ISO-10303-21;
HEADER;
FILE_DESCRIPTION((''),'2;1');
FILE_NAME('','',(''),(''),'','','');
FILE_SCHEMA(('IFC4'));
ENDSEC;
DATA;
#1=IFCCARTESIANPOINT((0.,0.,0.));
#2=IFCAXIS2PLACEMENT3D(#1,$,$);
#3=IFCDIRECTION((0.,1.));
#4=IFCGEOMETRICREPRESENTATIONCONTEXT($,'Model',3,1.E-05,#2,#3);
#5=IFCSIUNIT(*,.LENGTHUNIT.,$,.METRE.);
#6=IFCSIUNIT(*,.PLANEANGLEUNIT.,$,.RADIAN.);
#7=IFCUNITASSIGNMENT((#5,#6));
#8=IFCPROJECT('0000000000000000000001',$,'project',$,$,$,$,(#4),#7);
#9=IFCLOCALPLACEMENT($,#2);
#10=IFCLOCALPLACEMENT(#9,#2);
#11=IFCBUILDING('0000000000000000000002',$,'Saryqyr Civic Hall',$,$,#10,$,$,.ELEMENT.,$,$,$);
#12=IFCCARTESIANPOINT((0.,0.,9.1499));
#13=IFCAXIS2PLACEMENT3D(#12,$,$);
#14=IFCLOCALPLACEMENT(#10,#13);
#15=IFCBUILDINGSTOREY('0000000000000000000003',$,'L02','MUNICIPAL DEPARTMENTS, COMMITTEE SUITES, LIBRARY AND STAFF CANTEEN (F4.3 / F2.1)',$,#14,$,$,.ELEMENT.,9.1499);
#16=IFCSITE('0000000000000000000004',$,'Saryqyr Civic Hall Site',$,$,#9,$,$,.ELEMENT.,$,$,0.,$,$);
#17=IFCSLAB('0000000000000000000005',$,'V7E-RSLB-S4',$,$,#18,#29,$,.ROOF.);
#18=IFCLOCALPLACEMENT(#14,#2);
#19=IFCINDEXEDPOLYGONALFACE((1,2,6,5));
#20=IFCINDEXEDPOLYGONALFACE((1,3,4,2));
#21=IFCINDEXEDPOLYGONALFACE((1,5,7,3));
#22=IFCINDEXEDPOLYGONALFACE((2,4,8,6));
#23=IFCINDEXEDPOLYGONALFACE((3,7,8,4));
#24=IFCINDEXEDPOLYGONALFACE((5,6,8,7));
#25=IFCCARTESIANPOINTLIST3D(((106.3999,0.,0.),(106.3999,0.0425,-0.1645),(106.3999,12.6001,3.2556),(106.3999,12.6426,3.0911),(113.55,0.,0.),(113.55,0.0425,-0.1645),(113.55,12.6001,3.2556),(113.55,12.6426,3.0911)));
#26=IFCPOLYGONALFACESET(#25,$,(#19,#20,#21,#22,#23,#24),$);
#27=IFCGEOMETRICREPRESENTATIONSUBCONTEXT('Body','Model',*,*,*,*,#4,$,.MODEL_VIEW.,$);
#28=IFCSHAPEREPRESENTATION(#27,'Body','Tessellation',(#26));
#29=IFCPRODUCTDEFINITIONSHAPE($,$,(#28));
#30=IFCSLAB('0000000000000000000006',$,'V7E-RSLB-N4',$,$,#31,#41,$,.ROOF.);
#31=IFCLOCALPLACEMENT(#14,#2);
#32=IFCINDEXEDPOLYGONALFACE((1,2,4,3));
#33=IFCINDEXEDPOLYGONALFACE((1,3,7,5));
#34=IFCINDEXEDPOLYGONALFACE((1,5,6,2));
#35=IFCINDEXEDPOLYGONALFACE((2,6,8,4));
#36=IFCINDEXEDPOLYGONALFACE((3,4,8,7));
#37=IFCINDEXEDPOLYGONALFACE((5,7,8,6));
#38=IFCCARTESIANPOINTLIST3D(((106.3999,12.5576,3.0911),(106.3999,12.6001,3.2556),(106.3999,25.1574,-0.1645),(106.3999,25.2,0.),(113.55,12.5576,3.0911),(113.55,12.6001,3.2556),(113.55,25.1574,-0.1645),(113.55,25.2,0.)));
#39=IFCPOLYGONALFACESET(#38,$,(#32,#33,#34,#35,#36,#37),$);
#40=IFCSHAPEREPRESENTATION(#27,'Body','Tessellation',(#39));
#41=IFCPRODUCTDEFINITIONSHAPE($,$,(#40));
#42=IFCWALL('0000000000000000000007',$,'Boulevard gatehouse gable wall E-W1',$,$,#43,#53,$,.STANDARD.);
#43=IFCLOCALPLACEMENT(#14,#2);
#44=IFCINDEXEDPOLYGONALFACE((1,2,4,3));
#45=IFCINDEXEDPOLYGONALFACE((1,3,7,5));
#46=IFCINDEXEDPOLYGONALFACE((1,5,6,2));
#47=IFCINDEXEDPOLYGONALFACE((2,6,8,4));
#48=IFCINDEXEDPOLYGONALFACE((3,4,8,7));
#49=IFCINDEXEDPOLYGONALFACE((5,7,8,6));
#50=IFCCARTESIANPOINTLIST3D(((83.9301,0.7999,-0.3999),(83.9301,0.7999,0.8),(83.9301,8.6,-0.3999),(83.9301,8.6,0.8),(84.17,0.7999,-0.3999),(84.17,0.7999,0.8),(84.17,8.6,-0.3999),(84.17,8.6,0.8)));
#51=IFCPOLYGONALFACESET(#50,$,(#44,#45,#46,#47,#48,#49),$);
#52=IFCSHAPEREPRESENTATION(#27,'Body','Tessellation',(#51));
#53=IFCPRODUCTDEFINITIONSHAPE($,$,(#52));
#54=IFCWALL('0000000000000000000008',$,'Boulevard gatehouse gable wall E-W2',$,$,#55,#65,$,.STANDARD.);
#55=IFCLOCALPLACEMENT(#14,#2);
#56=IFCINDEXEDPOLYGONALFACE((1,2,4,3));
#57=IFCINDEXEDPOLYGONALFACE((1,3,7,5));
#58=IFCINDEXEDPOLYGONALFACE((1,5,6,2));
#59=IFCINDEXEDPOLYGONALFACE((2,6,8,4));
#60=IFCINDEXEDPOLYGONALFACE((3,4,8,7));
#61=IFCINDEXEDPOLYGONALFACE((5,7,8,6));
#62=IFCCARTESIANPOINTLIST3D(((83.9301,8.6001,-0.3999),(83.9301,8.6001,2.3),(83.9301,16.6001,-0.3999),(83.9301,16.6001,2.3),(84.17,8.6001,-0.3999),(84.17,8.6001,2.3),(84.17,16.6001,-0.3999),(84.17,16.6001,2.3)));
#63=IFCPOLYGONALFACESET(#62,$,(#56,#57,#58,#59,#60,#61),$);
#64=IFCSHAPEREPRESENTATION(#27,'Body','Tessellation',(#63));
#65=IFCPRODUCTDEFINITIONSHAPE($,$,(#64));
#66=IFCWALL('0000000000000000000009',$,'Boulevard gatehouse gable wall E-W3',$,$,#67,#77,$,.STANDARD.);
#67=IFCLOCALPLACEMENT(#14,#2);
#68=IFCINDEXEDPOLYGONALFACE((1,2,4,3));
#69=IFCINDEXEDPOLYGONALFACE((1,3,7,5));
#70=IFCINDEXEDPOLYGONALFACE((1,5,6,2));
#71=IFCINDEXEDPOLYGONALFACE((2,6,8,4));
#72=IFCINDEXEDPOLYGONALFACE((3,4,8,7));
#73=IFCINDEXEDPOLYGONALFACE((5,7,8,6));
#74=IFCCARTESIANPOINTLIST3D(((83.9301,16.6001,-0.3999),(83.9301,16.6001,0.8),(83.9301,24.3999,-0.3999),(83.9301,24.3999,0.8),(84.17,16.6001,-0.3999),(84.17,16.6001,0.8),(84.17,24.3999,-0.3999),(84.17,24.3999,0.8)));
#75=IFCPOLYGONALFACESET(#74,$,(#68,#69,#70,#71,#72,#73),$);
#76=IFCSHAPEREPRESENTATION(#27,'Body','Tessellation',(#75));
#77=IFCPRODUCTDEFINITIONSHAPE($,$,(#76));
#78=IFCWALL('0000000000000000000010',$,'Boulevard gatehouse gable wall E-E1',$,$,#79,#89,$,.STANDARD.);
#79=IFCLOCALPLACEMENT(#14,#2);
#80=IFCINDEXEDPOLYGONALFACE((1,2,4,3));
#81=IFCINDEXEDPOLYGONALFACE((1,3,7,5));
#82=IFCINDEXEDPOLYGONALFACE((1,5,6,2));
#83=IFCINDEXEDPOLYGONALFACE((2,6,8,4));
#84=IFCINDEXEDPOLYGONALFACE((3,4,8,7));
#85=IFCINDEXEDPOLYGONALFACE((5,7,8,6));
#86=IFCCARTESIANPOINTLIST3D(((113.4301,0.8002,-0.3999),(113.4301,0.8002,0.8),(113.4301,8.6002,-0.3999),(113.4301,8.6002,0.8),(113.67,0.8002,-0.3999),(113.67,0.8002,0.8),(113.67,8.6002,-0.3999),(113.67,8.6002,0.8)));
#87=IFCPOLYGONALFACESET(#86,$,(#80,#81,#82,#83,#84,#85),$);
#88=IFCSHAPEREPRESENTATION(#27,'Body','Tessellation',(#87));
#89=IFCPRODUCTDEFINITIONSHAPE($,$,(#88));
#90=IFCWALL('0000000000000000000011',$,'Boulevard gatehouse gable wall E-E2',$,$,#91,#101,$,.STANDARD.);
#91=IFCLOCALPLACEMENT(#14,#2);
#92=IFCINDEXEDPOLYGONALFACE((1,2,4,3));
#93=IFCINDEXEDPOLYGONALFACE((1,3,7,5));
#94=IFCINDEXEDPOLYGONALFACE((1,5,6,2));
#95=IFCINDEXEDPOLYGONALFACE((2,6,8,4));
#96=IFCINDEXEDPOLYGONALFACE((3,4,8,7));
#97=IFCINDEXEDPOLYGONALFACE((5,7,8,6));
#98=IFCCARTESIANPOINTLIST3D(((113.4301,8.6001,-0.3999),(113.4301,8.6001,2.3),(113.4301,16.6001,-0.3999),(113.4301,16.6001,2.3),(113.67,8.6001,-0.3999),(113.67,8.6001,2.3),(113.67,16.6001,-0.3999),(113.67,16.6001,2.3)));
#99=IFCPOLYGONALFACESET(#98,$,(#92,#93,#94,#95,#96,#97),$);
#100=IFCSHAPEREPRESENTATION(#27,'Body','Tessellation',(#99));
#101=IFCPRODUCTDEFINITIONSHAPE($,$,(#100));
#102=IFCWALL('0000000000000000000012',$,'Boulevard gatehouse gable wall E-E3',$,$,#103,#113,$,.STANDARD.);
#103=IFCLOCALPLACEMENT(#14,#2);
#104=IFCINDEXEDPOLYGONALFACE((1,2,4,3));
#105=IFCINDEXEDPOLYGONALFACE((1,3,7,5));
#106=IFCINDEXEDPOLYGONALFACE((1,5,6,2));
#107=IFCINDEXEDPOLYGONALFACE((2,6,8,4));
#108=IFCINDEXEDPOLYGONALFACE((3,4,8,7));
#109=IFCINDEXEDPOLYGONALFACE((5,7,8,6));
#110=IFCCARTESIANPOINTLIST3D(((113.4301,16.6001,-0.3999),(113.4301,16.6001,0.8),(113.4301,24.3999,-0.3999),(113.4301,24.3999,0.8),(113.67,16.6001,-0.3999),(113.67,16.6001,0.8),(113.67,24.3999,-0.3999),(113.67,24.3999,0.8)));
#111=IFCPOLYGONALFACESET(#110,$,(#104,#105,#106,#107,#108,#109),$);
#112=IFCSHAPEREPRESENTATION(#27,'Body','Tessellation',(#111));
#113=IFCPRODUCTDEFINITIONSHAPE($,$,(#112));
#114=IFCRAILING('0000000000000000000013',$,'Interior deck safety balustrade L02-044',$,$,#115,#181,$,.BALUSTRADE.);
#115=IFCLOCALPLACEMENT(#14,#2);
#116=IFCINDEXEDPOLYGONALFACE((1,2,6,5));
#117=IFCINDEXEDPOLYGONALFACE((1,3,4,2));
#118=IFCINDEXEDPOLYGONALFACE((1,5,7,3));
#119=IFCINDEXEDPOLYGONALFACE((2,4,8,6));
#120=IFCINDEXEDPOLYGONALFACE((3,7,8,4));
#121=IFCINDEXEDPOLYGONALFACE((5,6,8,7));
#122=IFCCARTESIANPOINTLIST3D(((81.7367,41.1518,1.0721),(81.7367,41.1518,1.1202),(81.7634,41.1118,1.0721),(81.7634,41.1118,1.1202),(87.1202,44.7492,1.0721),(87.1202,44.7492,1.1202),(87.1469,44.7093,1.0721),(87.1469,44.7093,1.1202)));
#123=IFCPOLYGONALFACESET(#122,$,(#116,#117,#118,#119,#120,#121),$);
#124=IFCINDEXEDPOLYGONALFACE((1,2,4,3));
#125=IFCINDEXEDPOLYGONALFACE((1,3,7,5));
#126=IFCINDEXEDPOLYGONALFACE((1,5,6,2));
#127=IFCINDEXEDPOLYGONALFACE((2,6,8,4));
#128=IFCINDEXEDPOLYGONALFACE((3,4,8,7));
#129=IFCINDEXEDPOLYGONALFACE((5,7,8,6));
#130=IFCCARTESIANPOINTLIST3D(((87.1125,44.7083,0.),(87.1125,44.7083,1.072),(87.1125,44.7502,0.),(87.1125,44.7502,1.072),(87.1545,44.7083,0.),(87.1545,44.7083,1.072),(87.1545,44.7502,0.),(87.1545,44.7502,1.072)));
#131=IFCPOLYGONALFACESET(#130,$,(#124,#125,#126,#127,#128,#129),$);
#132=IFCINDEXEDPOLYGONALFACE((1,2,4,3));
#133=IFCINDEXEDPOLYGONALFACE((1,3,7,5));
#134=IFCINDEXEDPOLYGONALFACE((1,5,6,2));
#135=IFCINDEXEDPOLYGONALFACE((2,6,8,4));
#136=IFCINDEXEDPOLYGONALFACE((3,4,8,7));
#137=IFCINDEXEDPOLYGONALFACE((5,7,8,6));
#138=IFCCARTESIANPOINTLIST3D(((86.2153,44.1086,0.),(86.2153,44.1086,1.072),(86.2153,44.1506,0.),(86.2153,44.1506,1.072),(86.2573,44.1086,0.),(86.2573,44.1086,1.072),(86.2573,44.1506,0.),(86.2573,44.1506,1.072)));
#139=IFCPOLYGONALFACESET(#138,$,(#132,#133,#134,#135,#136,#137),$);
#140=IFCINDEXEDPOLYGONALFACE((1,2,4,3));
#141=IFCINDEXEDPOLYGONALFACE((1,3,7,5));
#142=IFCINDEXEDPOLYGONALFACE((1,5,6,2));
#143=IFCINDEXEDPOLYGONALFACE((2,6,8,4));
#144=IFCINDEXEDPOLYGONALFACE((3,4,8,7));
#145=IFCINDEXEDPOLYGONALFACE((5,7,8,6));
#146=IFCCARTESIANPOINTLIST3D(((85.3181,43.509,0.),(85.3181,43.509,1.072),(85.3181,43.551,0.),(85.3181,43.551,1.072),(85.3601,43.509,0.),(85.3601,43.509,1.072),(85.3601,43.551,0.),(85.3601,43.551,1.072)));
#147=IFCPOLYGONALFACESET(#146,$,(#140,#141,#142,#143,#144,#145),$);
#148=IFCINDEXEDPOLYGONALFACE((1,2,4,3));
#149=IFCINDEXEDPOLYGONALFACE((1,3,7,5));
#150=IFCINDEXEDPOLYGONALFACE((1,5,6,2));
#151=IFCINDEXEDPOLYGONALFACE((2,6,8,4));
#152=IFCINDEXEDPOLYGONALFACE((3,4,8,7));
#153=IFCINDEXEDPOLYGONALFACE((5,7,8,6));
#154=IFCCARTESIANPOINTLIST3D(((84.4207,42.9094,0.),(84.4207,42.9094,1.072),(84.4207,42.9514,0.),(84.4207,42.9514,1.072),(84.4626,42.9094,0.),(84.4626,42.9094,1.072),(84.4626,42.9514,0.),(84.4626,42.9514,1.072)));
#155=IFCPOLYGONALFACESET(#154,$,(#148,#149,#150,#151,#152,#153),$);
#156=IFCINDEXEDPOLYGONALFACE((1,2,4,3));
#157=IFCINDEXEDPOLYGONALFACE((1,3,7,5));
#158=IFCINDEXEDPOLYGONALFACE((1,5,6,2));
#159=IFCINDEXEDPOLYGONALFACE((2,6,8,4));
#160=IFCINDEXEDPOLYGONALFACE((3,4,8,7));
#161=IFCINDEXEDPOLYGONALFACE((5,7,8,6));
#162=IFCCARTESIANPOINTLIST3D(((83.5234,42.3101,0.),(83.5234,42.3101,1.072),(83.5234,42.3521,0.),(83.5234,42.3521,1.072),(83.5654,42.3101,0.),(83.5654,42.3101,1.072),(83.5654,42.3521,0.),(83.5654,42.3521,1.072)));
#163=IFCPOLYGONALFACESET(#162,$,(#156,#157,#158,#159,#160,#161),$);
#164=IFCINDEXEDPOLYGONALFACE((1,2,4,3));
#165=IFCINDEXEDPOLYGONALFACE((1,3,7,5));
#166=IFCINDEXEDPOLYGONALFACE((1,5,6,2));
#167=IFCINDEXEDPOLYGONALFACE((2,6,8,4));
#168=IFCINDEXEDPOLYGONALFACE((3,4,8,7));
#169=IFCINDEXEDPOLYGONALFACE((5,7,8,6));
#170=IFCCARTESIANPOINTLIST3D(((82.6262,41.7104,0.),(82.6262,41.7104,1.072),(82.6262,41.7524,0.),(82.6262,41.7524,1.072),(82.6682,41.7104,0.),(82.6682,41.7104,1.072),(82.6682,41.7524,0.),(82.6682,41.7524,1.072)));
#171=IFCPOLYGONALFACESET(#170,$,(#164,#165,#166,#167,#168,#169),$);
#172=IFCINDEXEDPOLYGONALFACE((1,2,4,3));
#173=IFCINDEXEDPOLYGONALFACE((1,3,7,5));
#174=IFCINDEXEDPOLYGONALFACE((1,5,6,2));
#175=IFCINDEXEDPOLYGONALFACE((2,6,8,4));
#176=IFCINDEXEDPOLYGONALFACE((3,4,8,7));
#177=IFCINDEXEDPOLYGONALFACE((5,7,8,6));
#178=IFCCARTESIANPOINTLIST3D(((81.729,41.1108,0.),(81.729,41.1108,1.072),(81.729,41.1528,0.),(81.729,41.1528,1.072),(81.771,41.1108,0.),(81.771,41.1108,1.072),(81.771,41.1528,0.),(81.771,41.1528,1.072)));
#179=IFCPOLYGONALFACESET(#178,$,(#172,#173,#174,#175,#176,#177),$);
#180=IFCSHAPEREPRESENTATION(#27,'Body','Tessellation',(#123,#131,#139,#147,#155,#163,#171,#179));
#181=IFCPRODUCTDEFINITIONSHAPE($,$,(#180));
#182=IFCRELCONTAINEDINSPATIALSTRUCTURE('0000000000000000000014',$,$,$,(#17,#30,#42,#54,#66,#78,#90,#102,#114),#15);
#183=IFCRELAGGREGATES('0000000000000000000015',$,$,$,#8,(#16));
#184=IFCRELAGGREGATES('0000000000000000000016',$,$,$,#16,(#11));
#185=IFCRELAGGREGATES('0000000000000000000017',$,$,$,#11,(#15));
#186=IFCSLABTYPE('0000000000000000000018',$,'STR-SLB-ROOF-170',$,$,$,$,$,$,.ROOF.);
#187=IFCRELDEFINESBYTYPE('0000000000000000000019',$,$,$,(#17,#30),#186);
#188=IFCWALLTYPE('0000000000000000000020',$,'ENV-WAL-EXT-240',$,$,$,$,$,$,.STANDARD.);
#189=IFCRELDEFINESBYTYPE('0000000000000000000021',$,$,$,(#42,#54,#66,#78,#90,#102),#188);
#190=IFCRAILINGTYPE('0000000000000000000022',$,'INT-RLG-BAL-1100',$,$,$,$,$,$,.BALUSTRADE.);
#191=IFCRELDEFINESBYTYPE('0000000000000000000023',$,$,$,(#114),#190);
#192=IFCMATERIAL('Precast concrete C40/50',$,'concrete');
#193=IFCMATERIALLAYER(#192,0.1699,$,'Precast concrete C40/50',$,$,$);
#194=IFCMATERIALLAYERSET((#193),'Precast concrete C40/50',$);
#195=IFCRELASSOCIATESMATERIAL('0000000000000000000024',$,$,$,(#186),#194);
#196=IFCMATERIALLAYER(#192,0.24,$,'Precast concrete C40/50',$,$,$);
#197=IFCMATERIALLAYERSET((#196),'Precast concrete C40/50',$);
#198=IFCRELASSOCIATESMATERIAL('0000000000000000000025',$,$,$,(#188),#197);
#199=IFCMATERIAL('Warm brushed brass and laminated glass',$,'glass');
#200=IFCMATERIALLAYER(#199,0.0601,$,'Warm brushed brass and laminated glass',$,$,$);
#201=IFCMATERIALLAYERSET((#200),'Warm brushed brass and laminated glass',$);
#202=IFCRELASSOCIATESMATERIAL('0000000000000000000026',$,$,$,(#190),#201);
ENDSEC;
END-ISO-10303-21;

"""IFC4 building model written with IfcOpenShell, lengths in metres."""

from ifc_helpers import new_model, si_unit, direction, frame, frame_2d, origin, origin_2d, place, context, subcontext, project, spatial, polyline, rectangle, outline, extrude, material, layer, layer_set, type_object, element, save


model = new_model("IFC4")

# Units and contexts
model_context = context("Model", 3, precision=1e-05, world=origin(), true_north=direction((0.0, 1.0)))
body_context = subcontext(model_context, "Body", "Model", "MODEL_VIEW")
ifc_project = project(units=[si_unit("LENGTHUNIT", "METRE"), si_unit("PLANEANGLEUNIT", "RADIAN")], contexts=[model_context])

# Site, building, storey
site_placement = place(None, origin())
site = spatial("IfcSite", under=ifc_project, at=site_placement, Name="Saryqyr Civic Hall Site", CompositionType="ELEMENT", RefElevation=0.0)
building_placement = place(site_placement, origin())
building = spatial("IfcBuilding", under=site, at=building_placement, Name="Saryqyr Civic Hall", CompositionType="ELEMENT")
storey_placement = place(building_placement, frame((0.0, 0.0, 9.1499)))
storey = spatial("IfcBuildingStorey", under=building, at=storey_placement, Name="L02", Description="MUNICIPAL DEPARTMENTS, COMMITTEE SUITES, LIBRARY AND STAFF CANTEEN (F4.3 / F2.1)", CompositionType="ELEMENT", Elevation=9.1499)

# Slabs
ifc_material_1 = material(Name="Precast concrete C40/50", Category="concrete")
ifc_layer_1 = layer(ifc_material_1, 0.1699, Name="Precast concrete C40/50")
ifc_layer_set_1 = layer_set([ifc_layer_1], Name="Precast concrete C40/50")
slab_type = type_object("IfcSlabType", Name="STR-SLB-ROOF-170", PredefinedType="ROOF", material=ifc_layer_set_1)
slab_1_placement = place(storey_placement, frame((106.3999, 0.0, 0.0), z_axis=(0.0, -0.250165, 0.968203), x_axis=(1.0, 0.0, 0.0)))
element("IfcSlab", 1, at=slab_1_placement, inside=storey, type_object=slab_type, Name="V7E-RSLB-S4", PredefinedType="ROOF", context=body_context, shape_type="SweptSolid", body=[
    extrude(outline(polyline([(0.0, 0.0), (7.1501, 0.0), (7.1501, 13.0139), (0.0, 13.0139), (0.0, 0.0)])), origin(), (0.0, 0.0, -1.0), 0.1699),
])
slab_2_placement = place(storey_placement, frame((113.55, 25.2, 0.0), z_axis=(0.0, 0.250169, 0.968202), x_axis=(-1.0, 0.0, 0.0)))
element("IfcSlab", 2, at=slab_2_placement, inside=storey, type_object=slab_type, Name="V7E-RSLB-N4", PredefinedType="ROOF", context=body_context, shape_type="SweptSolid", body=[
    extrude(outline(polyline([(0.0, 0.0), (7.1501, 0.0), (7.1501, 13.0137), (0.0, 13.0137), (0.0, 0.0)])), origin(), (0.0, 0.0, -1.0), 0.1699),
])

# Walls
ifc_layer_2 = layer(ifc_material_1, 0.24, Name="Precast concrete C40/50")
ifc_layer_set_2 = layer_set([ifc_layer_2], Name="Precast concrete C40/50")
wall_type = type_object("IfcWallType", Name="ENV-WAL-EXT-240", PredefinedType="STANDARD", material=ifc_layer_set_2)
wall_1_placement = place(storey_placement, frame((84.05, 0.8, -0.3999), z_axis=(0.0, 0.0, 1.0), x_axis=(0.0, 1.0, 0.0)))
element("IfcWall", 3, at=wall_1_placement, inside=storey, type_object=wall_type, Name="Boulevard gatehouse gable wall E-W1", PredefinedType="STANDARD", context=body_context, shape_type="SweptSolid", body=[
    extrude(rectangle(XDim=7.8, YDim=0.24, at=frame_2d((3.8999, 0.0))), origin(), (0.0, 0.0, 1.0), 1.2),
])
wall_2_placement = place(storey_placement, frame((84.05, 8.6001, -0.3999), z_axis=(0.0, 0.0, 1.0), x_axis=(0.0, 1.0, 0.0)))
element("IfcWall", 4, at=wall_2_placement, inside=storey, type_object=wall_type, Name="Boulevard gatehouse gable wall E-W2", PredefinedType="STANDARD", context=body_context, shape_type="SweptSolid", body=[
    extrude(rectangle(XDim=8.0, YDim=0.24, at=frame_2d((4.0, 0.0))), origin(), (0.0, 0.0, 1.0), 2.7),
])
wall_3_placement = place(storey_placement, frame((84.05, 16.6001, -0.3999), z_axis=(0.0, 0.0, 1.0), x_axis=(0.0, 1.0, 0.0)))
element("IfcWall", 5, at=wall_3_placement, inside=storey, type_object=wall_type, Name="Boulevard gatehouse gable wall E-W3", PredefinedType="STANDARD", context=body_context, shape_type="SweptSolid", body=[
    extrude(rectangle(XDim=7.7998, YDim=0.24, at=frame_2d((3.8999, 0.0))), origin(), (0.0, 0.0, 1.0), 1.2),
])
wall_4_placement = place(storey_placement, frame((113.55, 8.6001, -0.3999), z_axis=(0.0, 0.0, 1.0), x_axis=(0.0, -1.0, 0.0)))
element("IfcWall", 6, at=wall_4_placement, inside=storey, type_object=wall_type, Name="Boulevard gatehouse gable wall E-E1", PredefinedType="STANDARD", context=body_context, shape_type="SweptSolid", body=[
    extrude(rectangle(XDim=7.8, YDim=0.24, at=frame_2d((3.8999, 0.0))), origin(), (0.0, 0.0, 1.0), 1.2),
])
wall_5_placement = place(storey_placement, frame((113.55, 16.6001, -0.3999), z_axis=(0.0, 0.0, 1.0), x_axis=(0.0, -1.0, 0.0)))
element("IfcWall", 7, at=wall_5_placement, inside=storey, type_object=wall_type, Name="Boulevard gatehouse gable wall E-E2", PredefinedType="STANDARD", context=body_context, shape_type="SweptSolid", body=[
    extrude(rectangle(XDim=8.0, YDim=0.24, at=frame_2d((4.0, 0.0))), origin(), (0.0, 0.0, 1.0), 2.7),
])
wall_6_placement = place(storey_placement, frame((113.55, 24.3999, -0.3999), z_axis=(0.0, 0.0, 1.0), x_axis=(0.0, -1.0, 0.0)))
element("IfcWall", 8, at=wall_6_placement, inside=storey, type_object=wall_type, Name="Boulevard gatehouse gable wall E-E3", PredefinedType="STANDARD", context=body_context, shape_type="SweptSolid", body=[
    extrude(rectangle(XDim=7.7998, YDim=0.24, at=frame_2d((3.8999, 0.0))), origin(), (0.0, 0.0, 1.0), 1.2),
])

# Railing
ifc_material_2 = material(Name="Warm brushed brass and laminated glass", Category="glass")
ifc_layer_3 = layer(ifc_material_2, 0.0601, Name="Warm brushed brass and laminated glass")
ifc_layer_set_3 = layer_set([ifc_layer_3], Name="Warm brushed brass and laminated glass")
railing_type = type_object("IfcRailingType", Name="INT-RLG-BAL-1100", PredefinedType="BALUSTRADE", material=ifc_layer_set_3)
railing_1_placement = place(storey_placement, frame((87.1335, 44.7292, 0.0)))
element("IfcRailing", 9, at=railing_1_placement, inside=storey, type_object=railing_type, Name="Interior deck safety balustrade L02-044", PredefinedType="BALUSTRADE", context=body_context, shape_type="SweptSolid", body=[
    extrude(rectangle(XDim=0.0481, YDim=0.0481, at=origin_2d()), frame((0.0, 0.0, 1.0962), z_axis=(-0.831452, -0.555596, 0.0), x_axis=(0.555596, -0.831452, 0.0)), (0.0, 0.0, 1.0), 6.4749),
    extrude(rectangle(XDim=0.042, YDim=0.042, at=origin_2d()), origin(), (0.0, 0.0, 1.0), 1.072),
    extrude(rectangle(XDim=0.042, YDim=0.042, at=origin_2d()), frame((-0.8972, -0.5996, 0.0)), (0.0, 0.0, 1.0), 1.072),
    extrude(rectangle(XDim=0.042, YDim=0.042, at=origin_2d()), frame((-1.7944, -1.1992, 0.0)), (0.0, 0.0, 1.0), 1.072),
    extrude(rectangle(XDim=0.042, YDim=0.042, at=origin_2d()), frame((-2.6919, -1.7988, 0.0)), (0.0, 0.0, 1.0), 1.072),
    extrude(rectangle(XDim=0.042, YDim=0.042, at=origin_2d()), frame((-3.5891, -2.3982, 0.0)), (0.0, 0.0, 1.0), 1.072),
    extrude(rectangle(XDim=0.042, YDim=0.042, at=origin_2d()), frame((-4.4863, -2.9978, 0.0)), (0.0, 0.0, 1.0), 1.072),
    extrude(rectangle(XDim=0.042, YDim=0.042, at=origin_2d()), frame((-5.3835, -3.5974, 0.0)), (0.0, 0.0, 1.0), 1.072),
])

save(model, "model.ifc")
